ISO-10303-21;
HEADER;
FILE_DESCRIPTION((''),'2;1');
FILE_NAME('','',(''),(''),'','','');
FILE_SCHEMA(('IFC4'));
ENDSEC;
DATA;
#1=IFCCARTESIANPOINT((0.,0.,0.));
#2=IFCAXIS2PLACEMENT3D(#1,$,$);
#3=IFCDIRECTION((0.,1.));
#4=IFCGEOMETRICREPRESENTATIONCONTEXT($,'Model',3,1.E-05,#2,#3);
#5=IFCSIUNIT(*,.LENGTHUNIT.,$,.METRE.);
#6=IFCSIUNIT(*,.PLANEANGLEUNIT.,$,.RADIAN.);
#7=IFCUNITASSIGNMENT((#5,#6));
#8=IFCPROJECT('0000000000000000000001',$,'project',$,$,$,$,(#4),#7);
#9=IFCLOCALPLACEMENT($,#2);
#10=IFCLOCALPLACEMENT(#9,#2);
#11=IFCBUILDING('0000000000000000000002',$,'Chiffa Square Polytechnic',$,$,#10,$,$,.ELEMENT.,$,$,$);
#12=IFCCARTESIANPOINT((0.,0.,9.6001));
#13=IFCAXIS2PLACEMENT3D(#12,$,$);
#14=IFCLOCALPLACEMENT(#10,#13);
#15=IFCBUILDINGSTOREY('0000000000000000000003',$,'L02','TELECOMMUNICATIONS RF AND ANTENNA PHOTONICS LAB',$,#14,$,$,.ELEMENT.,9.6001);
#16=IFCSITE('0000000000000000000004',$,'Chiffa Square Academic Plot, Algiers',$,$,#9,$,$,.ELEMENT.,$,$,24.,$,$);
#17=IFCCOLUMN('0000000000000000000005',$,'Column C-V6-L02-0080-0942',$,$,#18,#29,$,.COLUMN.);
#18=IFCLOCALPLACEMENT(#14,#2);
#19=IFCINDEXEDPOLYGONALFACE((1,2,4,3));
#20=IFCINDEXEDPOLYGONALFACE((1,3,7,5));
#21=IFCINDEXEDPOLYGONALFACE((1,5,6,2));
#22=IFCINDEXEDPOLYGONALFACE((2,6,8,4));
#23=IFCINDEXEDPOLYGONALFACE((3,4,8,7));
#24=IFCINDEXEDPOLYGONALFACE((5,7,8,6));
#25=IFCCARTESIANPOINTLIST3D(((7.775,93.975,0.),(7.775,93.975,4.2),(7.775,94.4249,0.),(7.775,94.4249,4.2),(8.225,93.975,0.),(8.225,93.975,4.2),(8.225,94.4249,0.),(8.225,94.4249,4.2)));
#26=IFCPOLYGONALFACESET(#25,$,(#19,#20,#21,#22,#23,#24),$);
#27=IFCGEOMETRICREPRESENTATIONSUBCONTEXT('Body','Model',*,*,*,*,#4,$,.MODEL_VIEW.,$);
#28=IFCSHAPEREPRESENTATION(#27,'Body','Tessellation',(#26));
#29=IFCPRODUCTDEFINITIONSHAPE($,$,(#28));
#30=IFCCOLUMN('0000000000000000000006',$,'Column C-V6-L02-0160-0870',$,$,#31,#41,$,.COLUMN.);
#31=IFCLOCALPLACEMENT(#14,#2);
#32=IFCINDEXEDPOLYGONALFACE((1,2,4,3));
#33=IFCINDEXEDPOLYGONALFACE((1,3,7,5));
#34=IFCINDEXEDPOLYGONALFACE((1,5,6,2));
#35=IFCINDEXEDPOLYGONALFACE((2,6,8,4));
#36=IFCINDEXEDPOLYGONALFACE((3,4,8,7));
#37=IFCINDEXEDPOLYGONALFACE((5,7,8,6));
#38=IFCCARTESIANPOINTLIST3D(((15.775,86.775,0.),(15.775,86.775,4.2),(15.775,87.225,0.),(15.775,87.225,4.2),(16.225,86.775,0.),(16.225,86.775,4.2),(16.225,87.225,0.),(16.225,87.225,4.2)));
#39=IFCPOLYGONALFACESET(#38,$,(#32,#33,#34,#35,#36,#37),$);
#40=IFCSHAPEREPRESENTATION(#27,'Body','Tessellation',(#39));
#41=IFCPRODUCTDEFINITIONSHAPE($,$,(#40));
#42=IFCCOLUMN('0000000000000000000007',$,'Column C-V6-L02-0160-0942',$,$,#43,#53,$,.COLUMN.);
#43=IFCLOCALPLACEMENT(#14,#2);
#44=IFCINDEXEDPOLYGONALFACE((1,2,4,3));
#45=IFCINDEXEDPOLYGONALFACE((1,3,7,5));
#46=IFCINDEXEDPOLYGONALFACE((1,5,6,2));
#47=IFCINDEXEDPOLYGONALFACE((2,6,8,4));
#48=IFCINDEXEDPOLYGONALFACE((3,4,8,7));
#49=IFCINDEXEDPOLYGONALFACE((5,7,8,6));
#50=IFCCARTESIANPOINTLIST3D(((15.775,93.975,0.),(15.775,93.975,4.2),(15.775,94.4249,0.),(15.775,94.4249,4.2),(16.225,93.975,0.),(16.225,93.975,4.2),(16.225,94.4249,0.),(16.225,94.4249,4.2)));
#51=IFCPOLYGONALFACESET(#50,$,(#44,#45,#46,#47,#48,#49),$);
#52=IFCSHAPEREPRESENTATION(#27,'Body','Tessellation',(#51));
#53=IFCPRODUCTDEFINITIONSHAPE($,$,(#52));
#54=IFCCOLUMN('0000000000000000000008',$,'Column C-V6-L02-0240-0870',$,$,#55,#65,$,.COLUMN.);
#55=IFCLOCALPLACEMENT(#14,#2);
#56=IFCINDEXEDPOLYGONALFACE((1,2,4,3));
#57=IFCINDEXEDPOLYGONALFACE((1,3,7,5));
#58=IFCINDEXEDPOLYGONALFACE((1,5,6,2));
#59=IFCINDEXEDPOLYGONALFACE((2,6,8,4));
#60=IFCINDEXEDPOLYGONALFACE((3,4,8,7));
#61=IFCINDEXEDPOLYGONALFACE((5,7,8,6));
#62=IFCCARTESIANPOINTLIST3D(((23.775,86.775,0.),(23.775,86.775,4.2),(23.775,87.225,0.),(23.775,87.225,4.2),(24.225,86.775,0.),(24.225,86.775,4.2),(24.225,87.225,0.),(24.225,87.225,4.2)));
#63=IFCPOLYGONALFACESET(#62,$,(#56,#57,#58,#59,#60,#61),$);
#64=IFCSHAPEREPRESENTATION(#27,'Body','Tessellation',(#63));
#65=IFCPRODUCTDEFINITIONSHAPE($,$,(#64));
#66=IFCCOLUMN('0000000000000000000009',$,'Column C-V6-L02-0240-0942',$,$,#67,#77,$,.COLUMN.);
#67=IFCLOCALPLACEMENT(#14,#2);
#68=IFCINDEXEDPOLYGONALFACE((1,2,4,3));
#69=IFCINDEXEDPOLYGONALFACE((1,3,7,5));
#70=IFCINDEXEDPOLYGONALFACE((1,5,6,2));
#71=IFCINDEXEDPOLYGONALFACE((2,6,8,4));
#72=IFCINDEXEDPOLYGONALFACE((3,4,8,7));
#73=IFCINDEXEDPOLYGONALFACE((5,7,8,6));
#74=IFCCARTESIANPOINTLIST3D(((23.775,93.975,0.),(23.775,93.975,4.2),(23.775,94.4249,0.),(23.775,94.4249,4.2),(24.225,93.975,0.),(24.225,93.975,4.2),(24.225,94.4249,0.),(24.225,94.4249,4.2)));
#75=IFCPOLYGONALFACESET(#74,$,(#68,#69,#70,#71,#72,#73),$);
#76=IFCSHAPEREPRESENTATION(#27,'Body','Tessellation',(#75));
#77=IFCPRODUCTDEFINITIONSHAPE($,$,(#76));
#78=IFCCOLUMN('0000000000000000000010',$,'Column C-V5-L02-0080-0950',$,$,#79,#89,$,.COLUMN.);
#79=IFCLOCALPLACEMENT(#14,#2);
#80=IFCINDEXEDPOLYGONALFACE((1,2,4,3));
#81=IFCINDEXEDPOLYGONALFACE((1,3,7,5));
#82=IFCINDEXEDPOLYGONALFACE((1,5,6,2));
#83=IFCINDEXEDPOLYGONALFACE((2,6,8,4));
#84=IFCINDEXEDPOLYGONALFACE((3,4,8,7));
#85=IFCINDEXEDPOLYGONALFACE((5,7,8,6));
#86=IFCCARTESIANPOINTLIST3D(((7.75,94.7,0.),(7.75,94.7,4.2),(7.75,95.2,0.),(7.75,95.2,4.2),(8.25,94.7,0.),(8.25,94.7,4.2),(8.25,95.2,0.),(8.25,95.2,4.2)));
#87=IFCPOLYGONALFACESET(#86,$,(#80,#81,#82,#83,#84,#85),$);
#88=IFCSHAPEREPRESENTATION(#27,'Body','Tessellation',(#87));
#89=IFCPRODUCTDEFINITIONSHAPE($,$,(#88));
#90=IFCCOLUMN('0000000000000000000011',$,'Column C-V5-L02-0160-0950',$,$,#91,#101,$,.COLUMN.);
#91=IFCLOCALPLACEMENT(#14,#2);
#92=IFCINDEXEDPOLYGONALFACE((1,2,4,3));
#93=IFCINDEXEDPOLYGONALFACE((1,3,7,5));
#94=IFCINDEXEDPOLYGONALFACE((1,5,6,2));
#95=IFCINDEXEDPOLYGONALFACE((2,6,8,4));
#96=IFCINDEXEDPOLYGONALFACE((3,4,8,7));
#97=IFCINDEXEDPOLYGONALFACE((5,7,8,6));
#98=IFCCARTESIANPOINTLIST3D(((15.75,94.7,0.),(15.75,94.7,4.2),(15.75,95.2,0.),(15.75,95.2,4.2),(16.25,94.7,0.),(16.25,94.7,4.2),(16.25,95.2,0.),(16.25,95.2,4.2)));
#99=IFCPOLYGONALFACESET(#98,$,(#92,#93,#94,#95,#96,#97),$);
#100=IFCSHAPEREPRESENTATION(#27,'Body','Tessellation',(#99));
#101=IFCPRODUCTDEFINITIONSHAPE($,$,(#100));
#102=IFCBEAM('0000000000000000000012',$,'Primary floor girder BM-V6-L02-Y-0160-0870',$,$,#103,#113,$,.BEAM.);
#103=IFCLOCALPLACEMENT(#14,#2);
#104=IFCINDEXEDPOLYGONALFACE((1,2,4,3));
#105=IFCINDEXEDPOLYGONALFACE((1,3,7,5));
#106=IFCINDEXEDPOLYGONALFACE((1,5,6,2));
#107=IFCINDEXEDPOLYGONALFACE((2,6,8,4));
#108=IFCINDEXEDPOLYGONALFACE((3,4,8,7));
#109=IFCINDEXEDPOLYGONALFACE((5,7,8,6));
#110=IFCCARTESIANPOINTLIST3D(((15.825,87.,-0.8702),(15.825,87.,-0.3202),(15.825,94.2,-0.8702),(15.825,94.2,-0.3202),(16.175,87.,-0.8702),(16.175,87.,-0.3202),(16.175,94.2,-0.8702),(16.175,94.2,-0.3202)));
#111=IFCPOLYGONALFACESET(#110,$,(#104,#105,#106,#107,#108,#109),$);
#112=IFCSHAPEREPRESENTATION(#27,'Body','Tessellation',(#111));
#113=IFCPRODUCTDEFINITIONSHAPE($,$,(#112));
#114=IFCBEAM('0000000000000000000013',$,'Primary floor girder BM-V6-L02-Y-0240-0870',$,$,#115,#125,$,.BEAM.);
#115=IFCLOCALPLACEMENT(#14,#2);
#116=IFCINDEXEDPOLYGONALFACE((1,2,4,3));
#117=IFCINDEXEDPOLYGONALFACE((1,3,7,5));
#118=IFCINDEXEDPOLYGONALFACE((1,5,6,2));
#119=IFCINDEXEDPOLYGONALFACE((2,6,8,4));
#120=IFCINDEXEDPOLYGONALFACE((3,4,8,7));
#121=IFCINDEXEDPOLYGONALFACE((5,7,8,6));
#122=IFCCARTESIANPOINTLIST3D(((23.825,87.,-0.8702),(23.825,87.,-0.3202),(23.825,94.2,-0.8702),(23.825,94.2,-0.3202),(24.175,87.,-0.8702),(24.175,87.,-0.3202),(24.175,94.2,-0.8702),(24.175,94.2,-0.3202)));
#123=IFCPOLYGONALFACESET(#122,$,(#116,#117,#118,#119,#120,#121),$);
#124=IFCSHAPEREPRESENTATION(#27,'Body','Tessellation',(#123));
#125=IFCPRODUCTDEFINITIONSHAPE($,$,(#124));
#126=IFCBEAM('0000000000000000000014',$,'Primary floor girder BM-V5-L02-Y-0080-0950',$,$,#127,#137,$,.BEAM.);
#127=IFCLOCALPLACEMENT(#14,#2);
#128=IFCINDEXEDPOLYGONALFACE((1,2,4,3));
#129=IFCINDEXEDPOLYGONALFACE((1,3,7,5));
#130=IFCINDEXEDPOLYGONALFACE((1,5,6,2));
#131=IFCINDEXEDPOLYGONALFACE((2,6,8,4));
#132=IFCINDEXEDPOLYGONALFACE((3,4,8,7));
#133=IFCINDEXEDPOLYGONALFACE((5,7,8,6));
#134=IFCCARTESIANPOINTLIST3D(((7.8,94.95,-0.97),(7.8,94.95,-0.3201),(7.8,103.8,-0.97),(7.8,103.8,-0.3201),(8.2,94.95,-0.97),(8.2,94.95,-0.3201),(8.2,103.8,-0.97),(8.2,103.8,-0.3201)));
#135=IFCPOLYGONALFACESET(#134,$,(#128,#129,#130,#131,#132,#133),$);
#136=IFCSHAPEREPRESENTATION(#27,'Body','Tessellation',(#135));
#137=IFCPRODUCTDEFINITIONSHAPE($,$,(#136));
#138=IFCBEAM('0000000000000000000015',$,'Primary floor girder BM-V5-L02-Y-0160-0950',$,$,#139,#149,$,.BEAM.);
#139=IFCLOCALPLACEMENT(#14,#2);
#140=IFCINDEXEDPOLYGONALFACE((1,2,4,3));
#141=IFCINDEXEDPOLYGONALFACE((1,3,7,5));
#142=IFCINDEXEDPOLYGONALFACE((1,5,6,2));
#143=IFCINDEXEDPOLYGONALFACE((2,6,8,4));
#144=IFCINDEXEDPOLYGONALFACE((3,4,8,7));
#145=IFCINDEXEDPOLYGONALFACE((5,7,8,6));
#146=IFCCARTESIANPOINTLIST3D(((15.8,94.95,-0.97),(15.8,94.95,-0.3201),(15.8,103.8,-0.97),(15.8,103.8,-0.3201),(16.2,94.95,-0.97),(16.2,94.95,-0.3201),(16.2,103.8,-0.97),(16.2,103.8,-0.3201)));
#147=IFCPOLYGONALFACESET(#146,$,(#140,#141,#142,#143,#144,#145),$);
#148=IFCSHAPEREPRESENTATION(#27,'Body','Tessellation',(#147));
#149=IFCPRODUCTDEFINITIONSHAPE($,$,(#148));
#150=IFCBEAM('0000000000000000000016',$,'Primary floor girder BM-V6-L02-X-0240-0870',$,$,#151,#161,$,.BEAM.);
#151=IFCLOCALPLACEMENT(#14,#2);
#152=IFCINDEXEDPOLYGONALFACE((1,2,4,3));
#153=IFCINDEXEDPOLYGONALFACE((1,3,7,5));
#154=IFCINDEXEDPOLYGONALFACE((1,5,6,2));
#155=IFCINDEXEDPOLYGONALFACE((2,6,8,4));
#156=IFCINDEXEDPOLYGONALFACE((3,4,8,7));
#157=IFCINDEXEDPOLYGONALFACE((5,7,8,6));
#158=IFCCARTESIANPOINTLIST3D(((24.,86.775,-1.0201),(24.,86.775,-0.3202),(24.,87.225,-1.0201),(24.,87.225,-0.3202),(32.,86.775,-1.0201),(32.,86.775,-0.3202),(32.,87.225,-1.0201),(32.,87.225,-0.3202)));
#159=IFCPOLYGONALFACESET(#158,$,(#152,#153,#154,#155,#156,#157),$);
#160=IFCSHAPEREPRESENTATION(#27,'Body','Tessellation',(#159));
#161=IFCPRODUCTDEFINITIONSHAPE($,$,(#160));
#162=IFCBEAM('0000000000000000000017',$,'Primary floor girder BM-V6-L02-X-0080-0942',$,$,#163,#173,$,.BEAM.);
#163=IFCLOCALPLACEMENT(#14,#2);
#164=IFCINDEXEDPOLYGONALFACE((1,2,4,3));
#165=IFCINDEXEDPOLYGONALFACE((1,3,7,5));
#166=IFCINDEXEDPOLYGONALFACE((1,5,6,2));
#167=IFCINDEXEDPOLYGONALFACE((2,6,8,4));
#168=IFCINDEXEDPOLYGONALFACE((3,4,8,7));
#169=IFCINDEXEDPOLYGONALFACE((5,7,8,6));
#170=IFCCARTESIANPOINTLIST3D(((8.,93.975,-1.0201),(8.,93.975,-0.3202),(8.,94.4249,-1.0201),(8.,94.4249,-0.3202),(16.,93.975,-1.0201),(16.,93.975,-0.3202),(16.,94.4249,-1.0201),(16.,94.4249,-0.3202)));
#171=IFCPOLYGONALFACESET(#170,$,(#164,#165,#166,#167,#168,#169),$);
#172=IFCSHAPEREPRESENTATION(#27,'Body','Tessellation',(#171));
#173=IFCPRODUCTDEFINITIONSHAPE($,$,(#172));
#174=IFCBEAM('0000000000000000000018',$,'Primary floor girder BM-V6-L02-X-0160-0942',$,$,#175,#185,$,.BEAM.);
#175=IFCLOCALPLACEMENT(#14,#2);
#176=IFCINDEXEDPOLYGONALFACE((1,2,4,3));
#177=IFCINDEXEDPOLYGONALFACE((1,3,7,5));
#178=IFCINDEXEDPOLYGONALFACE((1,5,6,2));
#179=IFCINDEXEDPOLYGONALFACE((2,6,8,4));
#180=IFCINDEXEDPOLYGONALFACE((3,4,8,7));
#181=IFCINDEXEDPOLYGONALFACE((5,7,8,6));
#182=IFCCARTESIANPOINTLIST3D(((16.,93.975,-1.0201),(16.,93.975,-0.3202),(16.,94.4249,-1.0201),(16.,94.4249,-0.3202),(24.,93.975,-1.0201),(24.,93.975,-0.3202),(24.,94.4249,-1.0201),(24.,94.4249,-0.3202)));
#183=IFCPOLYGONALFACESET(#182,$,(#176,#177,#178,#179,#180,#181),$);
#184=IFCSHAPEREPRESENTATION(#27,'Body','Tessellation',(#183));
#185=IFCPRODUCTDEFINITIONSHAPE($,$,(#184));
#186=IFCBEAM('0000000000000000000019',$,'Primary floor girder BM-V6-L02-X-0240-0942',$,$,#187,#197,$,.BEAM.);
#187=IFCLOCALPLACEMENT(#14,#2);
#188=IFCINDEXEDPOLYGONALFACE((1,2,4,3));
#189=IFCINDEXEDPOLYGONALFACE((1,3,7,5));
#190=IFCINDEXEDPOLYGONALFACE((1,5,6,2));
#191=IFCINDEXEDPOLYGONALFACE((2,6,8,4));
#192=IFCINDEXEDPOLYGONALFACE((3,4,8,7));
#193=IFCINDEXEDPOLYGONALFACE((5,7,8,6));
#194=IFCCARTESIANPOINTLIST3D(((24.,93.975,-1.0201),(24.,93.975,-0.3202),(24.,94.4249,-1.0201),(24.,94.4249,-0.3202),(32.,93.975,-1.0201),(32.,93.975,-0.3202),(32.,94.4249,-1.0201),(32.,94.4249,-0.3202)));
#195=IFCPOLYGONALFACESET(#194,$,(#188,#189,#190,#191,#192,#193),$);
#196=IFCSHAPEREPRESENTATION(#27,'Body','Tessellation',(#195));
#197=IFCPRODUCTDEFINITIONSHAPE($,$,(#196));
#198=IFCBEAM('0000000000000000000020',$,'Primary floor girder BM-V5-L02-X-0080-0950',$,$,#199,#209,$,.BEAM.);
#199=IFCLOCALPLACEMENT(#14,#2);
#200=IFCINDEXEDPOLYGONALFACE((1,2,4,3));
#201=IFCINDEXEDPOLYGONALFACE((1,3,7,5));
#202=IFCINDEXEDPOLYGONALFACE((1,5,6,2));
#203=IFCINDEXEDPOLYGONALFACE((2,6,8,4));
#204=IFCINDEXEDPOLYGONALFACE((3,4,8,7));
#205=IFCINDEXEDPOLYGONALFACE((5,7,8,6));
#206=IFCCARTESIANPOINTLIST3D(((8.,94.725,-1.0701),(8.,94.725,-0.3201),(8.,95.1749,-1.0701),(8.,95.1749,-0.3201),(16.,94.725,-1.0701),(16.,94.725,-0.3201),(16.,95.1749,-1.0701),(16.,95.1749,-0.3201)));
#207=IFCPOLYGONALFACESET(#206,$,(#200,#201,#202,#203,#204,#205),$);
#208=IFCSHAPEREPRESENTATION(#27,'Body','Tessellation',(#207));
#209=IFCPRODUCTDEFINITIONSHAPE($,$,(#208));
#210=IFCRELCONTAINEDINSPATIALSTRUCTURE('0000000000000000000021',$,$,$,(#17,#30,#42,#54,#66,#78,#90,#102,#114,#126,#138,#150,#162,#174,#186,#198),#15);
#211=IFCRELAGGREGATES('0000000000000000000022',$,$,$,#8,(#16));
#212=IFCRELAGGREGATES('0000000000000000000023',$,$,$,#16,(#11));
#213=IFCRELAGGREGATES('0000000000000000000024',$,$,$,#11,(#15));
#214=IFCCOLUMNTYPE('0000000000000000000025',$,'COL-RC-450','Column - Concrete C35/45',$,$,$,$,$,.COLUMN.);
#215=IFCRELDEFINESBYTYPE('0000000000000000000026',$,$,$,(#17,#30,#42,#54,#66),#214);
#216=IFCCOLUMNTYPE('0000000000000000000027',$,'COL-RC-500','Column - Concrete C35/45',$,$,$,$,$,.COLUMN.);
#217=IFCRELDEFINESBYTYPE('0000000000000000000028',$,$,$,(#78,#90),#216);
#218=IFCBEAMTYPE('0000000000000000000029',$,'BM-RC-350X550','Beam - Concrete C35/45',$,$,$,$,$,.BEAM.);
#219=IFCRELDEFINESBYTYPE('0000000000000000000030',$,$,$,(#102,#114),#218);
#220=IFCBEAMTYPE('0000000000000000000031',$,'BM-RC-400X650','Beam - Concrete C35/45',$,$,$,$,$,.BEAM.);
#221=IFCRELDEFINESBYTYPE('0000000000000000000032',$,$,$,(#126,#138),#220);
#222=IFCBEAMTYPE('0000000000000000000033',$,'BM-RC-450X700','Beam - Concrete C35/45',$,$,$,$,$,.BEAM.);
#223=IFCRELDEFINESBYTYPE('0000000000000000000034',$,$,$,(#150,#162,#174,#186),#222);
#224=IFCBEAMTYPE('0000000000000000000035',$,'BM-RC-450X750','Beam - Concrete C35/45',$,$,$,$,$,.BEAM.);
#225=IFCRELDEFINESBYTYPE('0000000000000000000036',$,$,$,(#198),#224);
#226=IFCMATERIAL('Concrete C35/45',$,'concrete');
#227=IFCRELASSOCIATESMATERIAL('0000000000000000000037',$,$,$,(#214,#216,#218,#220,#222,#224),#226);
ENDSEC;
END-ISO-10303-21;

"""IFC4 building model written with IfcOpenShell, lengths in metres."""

from ifc_helpers import new_model, si_unit, direction, frame, origin, origin_2d, place, context, subcontext, project, spatial, rectangle, extrude, material, material_profile, profile_set, type_object, element, save


model = new_model("IFC4")

# Units and contexts
model_context = context("Model", 3, precision=1e-05, world=origin(), true_north=direction((0.0, 1.0)))
body_context = subcontext(model_context, "Body", "Model", "MODEL_VIEW")
ifc_project = project(units=[si_unit("LENGTHUNIT", "METRE"), si_unit("PLANEANGLEUNIT", "RADIAN")], contexts=[model_context])

# Site, building, storey
site_placement = place(None, origin())
site = spatial("IfcSite", under=ifc_project, at=site_placement, Name="Chiffa Square Academic Plot, Algiers", CompositionType="ELEMENT", RefElevation=24.0)
building_placement = place(site_placement, origin())
building = spatial("IfcBuilding", under=site, at=building_placement, Name="Chiffa Square Polytechnic", CompositionType="ELEMENT")
storey_placement = place(building_placement, frame((0.0, 0.0, 9.6001)))
storey = spatial("IfcBuildingStorey", under=building, at=storey_placement, Name="L02", Description="TELECOMMUNICATIONS RF AND ANTENNA PHOTONICS LAB", CompositionType="ELEMENT", Elevation=9.6001)

# Columns
ifc_material_1 = material(Name="Concrete C35/45", Category="concrete")
ifc_material_profile_1 = material_profile(ifc_material_1, rectangle(XDim=0.45, YDim=0.45, at=origin_2d()), Name="RC 450x450")
ifc_profile_set_1 = profile_set([ifc_material_profile_1], Name="Concrete C35/45")
column_type_1 = type_object("IfcColumnType", Name="COL-RC-450", Description="Column - Concrete C35/45", PredefinedType="COLUMN", material=ifc_profile_set_1)
for number, where, z_axis, x_axis, name in (
    (1, (8.0, 94.2, 0.0), (0.0, 0.0, 1.0), (1.0, 0.0, 0.0), "Column C-V6-L02-0080-0942"),
    (2, (16.0, 87.0, 0.0), (0.0, 0.0, 1.0), (1.0, 0.0, 0.0), "Column C-V6-L02-0160-0870"),
    (3, (16.0, 94.2, 0.0), (0.0, 0.0, 1.0), (1.0, 0.0, 0.0), "Column C-V6-L02-0160-0942"),
    (4, (24.0, 87.0, 0.0), (0.0, 0.0, 1.0), (1.0, 0.0, 0.0), "Column C-V6-L02-0240-0870"),
    (5, (24.0, 94.2, 0.0), (0.0, 0.0, 1.0), (1.0, 0.0, 0.0), "Column C-V6-L02-0240-0942"),
):
    element("IfcColumn", number, at=place(storey_placement, frame(where, z_axis=z_axis, x_axis=x_axis)), inside=storey, type_object=column_type_1, Name=name, PredefinedType="COLUMN", context=body_context, shape_type="SweptSolid", body=[
        extrude(rectangle(XDim=0.45, YDim=0.45, at=origin_2d()), origin(), (0.0, 0.0, 1.0), 4.2),
    ])
ifc_material_profile_2 = material_profile(ifc_material_1, rectangle(XDim=0.5, YDim=0.5, at=origin_2d()), Name="RC 500x500")
ifc_profile_set_2 = profile_set([ifc_material_profile_2], Name="Concrete C35/45")
column_type_2 = type_object("IfcColumnType", Name="COL-RC-500", Description="Column - Concrete C35/45", PredefinedType="COLUMN", material=ifc_profile_set_2)
for number, where, z_axis, x_axis, name in (
    (6, (8.0, 94.95, 0.0), (0.0, 0.0, 1.0), (1.0, 0.0, 0.0), "Column C-V5-L02-0080-0950"),
    (7, (16.0, 94.95, 0.0), (0.0, 0.0, 1.0), (1.0, 0.0, 0.0), "Column C-V5-L02-0160-0950"),
):
    element("IfcColumn", number, at=place(storey_placement, frame(where, z_axis=z_axis, x_axis=x_axis)), inside=storey, type_object=column_type_2, Name=name, PredefinedType="COLUMN", context=body_context, shape_type="SweptSolid", body=[
        extrude(rectangle(XDim=0.5, YDim=0.5, at=origin_2d()), origin(), (0.0, 0.0, 1.0), 4.2),
    ])

# Beams
ifc_material_profile_3 = material_profile(ifc_material_1, rectangle(XDim=0.3501, YDim=0.55, at=origin_2d()), Name="RC 350x550")
ifc_profile_set_3 = profile_set([ifc_material_profile_3], Name="Concrete C35/45")
beam_type_1 = type_object("IfcBeamType", Name="BM-RC-350X550", Description="Beam - Concrete C35/45", PredefinedType="BEAM", material=ifc_profile_set_3)
for number, where, z_axis, x_axis, name in (
    (8, (16.0, 87.0, -0.5952), (0.0, 1.0, 0.0), (-1.0, 0.0, 0.0), "Primary floor girder BM-V6-L02-Y-0160-0870"),
    (9, (24.0, 87.0, -0.5952), (0.0, 1.0, 0.0), (-1.0, 0.0, 0.0), "Primary floor girder BM-V6-L02-Y-0240-0870"),
):
    element("IfcBeam", number, at=place(storey_placement, frame(where, z_axis=z_axis, x_axis=x_axis)), inside=storey, type_object=beam_type_1, Name=name, PredefinedType="BEAM", context=body_context, shape_type="SweptSolid", body=[
        extrude(rectangle(XDim=0.3501, YDim=0.55, at=origin_2d()), origin(), (0.0, 0.0, 1.0), 7.2),
    ])
ifc_material_profile_4 = material_profile(ifc_material_1, rectangle(XDim=0.3999, YDim=0.6499, at=origin_2d()), Name="RC 400x650")
ifc_profile_set_4 = profile_set([ifc_material_profile_4], Name="Concrete C35/45")
beam_type_2 = type_object("IfcBeamType", Name="BM-RC-400X650", Description="Beam - Concrete C35/45", PredefinedType="BEAM", material=ifc_profile_set_4)
for number, where, z_axis, x_axis, name in (
    (10, (8.0, 94.95, -0.645), (0.0, 1.0, 0.0), (-1.0, 0.0, 0.0), "Primary floor girder BM-V5-L02-Y-0080-0950"),
    (11, (16.0, 94.95, -0.645), (0.0, 1.0, 0.0), (-1.0, 0.0, 0.0), "Primary floor girder BM-V5-L02-Y-0160-0950"),
):
    element("IfcBeam", number, at=place(storey_placement, frame(where, z_axis=z_axis, x_axis=x_axis)), inside=storey, type_object=beam_type_2, Name=name, PredefinedType="BEAM", context=body_context, shape_type="SweptSolid", body=[
        extrude(rectangle(XDim=0.3999, YDim=0.6499, at=origin_2d()), origin(), (0.0, 0.0, 1.0), 8.8501),
    ])
ifc_material_profile_5 = material_profile(ifc_material_1, rectangle(XDim=0.45, YDim=0.7, at=origin_2d()), Name="RC 450x700")
ifc_profile_set_5 = profile_set([ifc_material_profile_5], Name="Concrete C35/45")
beam_type_3 = type_object("IfcBeamType", Name="BM-RC-450X700", Description="Beam - Concrete C35/45", PredefinedType="BEAM", material=ifc_profile_set_5)
for number, where, z_axis, x_axis, name in (
    (12, (24.0, 87.0, -0.6702), (1.0, 0.0, 0.0), (0.0, 1.0, 0.0), "Primary floor girder BM-V6-L02-X-0240-0870"),
    (13, (8.0, 94.2, -0.6702), (1.0, 0.0, 0.0), (0.0, 1.0, 0.0), "Primary floor girder BM-V6-L02-X-0080-0942"),
    (14, (16.0, 94.2, -0.6702), (1.0, 0.0, 0.0), (0.0, 1.0, 0.0), "Primary floor girder BM-V6-L02-X-0160-0942"),
    (15, (24.0, 94.2, -0.6702), (1.0, 0.0, 0.0), (0.0, 1.0, 0.0), "Primary floor girder BM-V6-L02-X-0240-0942"),
):
    element("IfcBeam", number, at=place(storey_placement, frame(where, z_axis=z_axis, x_axis=x_axis)), inside=storey, type_object=beam_type_3, Name=name, PredefinedType="BEAM", context=body_context, shape_type="SweptSolid", body=[
        extrude(rectangle(XDim=0.45, YDim=0.7, at=origin_2d()), origin(), (0.0, 0.0, 1.0), 8.0),
    ])
ifc_material_profile_6 = material_profile(ifc_material_1, rectangle(XDim=0.45, YDim=0.75, at=origin_2d()), Name="RC 450x750")
ifc_profile_set_6 = profile_set([ifc_material_profile_6], Name="Concrete C35/45")
beam_type_4 = type_object("IfcBeamType", Name="BM-RC-450X750", Description="Beam - Concrete C35/45", PredefinedType="BEAM", material=ifc_profile_set_6)
for number, where, z_axis, x_axis, name in (
    (16, (8.0, 94.95, -0.6951), (1.0, 0.0, 0.0), (0.0, 1.0, 0.0), "Primary floor girder BM-V5-L02-X-0080-0950"),
):
    element("IfcBeam", number, at=place(storey_placement, frame(where, z_axis=z_axis, x_axis=x_axis)), inside=storey, type_object=beam_type_4, Name=name, PredefinedType="BEAM", context=body_context, shape_type="SweptSolid", body=[
        extrude(rectangle(XDim=0.45, YDim=0.75, at=origin_2d()), origin(), (0.0, 0.0, 1.0), 8.0),
    ])

save(model, "model.ifc")
